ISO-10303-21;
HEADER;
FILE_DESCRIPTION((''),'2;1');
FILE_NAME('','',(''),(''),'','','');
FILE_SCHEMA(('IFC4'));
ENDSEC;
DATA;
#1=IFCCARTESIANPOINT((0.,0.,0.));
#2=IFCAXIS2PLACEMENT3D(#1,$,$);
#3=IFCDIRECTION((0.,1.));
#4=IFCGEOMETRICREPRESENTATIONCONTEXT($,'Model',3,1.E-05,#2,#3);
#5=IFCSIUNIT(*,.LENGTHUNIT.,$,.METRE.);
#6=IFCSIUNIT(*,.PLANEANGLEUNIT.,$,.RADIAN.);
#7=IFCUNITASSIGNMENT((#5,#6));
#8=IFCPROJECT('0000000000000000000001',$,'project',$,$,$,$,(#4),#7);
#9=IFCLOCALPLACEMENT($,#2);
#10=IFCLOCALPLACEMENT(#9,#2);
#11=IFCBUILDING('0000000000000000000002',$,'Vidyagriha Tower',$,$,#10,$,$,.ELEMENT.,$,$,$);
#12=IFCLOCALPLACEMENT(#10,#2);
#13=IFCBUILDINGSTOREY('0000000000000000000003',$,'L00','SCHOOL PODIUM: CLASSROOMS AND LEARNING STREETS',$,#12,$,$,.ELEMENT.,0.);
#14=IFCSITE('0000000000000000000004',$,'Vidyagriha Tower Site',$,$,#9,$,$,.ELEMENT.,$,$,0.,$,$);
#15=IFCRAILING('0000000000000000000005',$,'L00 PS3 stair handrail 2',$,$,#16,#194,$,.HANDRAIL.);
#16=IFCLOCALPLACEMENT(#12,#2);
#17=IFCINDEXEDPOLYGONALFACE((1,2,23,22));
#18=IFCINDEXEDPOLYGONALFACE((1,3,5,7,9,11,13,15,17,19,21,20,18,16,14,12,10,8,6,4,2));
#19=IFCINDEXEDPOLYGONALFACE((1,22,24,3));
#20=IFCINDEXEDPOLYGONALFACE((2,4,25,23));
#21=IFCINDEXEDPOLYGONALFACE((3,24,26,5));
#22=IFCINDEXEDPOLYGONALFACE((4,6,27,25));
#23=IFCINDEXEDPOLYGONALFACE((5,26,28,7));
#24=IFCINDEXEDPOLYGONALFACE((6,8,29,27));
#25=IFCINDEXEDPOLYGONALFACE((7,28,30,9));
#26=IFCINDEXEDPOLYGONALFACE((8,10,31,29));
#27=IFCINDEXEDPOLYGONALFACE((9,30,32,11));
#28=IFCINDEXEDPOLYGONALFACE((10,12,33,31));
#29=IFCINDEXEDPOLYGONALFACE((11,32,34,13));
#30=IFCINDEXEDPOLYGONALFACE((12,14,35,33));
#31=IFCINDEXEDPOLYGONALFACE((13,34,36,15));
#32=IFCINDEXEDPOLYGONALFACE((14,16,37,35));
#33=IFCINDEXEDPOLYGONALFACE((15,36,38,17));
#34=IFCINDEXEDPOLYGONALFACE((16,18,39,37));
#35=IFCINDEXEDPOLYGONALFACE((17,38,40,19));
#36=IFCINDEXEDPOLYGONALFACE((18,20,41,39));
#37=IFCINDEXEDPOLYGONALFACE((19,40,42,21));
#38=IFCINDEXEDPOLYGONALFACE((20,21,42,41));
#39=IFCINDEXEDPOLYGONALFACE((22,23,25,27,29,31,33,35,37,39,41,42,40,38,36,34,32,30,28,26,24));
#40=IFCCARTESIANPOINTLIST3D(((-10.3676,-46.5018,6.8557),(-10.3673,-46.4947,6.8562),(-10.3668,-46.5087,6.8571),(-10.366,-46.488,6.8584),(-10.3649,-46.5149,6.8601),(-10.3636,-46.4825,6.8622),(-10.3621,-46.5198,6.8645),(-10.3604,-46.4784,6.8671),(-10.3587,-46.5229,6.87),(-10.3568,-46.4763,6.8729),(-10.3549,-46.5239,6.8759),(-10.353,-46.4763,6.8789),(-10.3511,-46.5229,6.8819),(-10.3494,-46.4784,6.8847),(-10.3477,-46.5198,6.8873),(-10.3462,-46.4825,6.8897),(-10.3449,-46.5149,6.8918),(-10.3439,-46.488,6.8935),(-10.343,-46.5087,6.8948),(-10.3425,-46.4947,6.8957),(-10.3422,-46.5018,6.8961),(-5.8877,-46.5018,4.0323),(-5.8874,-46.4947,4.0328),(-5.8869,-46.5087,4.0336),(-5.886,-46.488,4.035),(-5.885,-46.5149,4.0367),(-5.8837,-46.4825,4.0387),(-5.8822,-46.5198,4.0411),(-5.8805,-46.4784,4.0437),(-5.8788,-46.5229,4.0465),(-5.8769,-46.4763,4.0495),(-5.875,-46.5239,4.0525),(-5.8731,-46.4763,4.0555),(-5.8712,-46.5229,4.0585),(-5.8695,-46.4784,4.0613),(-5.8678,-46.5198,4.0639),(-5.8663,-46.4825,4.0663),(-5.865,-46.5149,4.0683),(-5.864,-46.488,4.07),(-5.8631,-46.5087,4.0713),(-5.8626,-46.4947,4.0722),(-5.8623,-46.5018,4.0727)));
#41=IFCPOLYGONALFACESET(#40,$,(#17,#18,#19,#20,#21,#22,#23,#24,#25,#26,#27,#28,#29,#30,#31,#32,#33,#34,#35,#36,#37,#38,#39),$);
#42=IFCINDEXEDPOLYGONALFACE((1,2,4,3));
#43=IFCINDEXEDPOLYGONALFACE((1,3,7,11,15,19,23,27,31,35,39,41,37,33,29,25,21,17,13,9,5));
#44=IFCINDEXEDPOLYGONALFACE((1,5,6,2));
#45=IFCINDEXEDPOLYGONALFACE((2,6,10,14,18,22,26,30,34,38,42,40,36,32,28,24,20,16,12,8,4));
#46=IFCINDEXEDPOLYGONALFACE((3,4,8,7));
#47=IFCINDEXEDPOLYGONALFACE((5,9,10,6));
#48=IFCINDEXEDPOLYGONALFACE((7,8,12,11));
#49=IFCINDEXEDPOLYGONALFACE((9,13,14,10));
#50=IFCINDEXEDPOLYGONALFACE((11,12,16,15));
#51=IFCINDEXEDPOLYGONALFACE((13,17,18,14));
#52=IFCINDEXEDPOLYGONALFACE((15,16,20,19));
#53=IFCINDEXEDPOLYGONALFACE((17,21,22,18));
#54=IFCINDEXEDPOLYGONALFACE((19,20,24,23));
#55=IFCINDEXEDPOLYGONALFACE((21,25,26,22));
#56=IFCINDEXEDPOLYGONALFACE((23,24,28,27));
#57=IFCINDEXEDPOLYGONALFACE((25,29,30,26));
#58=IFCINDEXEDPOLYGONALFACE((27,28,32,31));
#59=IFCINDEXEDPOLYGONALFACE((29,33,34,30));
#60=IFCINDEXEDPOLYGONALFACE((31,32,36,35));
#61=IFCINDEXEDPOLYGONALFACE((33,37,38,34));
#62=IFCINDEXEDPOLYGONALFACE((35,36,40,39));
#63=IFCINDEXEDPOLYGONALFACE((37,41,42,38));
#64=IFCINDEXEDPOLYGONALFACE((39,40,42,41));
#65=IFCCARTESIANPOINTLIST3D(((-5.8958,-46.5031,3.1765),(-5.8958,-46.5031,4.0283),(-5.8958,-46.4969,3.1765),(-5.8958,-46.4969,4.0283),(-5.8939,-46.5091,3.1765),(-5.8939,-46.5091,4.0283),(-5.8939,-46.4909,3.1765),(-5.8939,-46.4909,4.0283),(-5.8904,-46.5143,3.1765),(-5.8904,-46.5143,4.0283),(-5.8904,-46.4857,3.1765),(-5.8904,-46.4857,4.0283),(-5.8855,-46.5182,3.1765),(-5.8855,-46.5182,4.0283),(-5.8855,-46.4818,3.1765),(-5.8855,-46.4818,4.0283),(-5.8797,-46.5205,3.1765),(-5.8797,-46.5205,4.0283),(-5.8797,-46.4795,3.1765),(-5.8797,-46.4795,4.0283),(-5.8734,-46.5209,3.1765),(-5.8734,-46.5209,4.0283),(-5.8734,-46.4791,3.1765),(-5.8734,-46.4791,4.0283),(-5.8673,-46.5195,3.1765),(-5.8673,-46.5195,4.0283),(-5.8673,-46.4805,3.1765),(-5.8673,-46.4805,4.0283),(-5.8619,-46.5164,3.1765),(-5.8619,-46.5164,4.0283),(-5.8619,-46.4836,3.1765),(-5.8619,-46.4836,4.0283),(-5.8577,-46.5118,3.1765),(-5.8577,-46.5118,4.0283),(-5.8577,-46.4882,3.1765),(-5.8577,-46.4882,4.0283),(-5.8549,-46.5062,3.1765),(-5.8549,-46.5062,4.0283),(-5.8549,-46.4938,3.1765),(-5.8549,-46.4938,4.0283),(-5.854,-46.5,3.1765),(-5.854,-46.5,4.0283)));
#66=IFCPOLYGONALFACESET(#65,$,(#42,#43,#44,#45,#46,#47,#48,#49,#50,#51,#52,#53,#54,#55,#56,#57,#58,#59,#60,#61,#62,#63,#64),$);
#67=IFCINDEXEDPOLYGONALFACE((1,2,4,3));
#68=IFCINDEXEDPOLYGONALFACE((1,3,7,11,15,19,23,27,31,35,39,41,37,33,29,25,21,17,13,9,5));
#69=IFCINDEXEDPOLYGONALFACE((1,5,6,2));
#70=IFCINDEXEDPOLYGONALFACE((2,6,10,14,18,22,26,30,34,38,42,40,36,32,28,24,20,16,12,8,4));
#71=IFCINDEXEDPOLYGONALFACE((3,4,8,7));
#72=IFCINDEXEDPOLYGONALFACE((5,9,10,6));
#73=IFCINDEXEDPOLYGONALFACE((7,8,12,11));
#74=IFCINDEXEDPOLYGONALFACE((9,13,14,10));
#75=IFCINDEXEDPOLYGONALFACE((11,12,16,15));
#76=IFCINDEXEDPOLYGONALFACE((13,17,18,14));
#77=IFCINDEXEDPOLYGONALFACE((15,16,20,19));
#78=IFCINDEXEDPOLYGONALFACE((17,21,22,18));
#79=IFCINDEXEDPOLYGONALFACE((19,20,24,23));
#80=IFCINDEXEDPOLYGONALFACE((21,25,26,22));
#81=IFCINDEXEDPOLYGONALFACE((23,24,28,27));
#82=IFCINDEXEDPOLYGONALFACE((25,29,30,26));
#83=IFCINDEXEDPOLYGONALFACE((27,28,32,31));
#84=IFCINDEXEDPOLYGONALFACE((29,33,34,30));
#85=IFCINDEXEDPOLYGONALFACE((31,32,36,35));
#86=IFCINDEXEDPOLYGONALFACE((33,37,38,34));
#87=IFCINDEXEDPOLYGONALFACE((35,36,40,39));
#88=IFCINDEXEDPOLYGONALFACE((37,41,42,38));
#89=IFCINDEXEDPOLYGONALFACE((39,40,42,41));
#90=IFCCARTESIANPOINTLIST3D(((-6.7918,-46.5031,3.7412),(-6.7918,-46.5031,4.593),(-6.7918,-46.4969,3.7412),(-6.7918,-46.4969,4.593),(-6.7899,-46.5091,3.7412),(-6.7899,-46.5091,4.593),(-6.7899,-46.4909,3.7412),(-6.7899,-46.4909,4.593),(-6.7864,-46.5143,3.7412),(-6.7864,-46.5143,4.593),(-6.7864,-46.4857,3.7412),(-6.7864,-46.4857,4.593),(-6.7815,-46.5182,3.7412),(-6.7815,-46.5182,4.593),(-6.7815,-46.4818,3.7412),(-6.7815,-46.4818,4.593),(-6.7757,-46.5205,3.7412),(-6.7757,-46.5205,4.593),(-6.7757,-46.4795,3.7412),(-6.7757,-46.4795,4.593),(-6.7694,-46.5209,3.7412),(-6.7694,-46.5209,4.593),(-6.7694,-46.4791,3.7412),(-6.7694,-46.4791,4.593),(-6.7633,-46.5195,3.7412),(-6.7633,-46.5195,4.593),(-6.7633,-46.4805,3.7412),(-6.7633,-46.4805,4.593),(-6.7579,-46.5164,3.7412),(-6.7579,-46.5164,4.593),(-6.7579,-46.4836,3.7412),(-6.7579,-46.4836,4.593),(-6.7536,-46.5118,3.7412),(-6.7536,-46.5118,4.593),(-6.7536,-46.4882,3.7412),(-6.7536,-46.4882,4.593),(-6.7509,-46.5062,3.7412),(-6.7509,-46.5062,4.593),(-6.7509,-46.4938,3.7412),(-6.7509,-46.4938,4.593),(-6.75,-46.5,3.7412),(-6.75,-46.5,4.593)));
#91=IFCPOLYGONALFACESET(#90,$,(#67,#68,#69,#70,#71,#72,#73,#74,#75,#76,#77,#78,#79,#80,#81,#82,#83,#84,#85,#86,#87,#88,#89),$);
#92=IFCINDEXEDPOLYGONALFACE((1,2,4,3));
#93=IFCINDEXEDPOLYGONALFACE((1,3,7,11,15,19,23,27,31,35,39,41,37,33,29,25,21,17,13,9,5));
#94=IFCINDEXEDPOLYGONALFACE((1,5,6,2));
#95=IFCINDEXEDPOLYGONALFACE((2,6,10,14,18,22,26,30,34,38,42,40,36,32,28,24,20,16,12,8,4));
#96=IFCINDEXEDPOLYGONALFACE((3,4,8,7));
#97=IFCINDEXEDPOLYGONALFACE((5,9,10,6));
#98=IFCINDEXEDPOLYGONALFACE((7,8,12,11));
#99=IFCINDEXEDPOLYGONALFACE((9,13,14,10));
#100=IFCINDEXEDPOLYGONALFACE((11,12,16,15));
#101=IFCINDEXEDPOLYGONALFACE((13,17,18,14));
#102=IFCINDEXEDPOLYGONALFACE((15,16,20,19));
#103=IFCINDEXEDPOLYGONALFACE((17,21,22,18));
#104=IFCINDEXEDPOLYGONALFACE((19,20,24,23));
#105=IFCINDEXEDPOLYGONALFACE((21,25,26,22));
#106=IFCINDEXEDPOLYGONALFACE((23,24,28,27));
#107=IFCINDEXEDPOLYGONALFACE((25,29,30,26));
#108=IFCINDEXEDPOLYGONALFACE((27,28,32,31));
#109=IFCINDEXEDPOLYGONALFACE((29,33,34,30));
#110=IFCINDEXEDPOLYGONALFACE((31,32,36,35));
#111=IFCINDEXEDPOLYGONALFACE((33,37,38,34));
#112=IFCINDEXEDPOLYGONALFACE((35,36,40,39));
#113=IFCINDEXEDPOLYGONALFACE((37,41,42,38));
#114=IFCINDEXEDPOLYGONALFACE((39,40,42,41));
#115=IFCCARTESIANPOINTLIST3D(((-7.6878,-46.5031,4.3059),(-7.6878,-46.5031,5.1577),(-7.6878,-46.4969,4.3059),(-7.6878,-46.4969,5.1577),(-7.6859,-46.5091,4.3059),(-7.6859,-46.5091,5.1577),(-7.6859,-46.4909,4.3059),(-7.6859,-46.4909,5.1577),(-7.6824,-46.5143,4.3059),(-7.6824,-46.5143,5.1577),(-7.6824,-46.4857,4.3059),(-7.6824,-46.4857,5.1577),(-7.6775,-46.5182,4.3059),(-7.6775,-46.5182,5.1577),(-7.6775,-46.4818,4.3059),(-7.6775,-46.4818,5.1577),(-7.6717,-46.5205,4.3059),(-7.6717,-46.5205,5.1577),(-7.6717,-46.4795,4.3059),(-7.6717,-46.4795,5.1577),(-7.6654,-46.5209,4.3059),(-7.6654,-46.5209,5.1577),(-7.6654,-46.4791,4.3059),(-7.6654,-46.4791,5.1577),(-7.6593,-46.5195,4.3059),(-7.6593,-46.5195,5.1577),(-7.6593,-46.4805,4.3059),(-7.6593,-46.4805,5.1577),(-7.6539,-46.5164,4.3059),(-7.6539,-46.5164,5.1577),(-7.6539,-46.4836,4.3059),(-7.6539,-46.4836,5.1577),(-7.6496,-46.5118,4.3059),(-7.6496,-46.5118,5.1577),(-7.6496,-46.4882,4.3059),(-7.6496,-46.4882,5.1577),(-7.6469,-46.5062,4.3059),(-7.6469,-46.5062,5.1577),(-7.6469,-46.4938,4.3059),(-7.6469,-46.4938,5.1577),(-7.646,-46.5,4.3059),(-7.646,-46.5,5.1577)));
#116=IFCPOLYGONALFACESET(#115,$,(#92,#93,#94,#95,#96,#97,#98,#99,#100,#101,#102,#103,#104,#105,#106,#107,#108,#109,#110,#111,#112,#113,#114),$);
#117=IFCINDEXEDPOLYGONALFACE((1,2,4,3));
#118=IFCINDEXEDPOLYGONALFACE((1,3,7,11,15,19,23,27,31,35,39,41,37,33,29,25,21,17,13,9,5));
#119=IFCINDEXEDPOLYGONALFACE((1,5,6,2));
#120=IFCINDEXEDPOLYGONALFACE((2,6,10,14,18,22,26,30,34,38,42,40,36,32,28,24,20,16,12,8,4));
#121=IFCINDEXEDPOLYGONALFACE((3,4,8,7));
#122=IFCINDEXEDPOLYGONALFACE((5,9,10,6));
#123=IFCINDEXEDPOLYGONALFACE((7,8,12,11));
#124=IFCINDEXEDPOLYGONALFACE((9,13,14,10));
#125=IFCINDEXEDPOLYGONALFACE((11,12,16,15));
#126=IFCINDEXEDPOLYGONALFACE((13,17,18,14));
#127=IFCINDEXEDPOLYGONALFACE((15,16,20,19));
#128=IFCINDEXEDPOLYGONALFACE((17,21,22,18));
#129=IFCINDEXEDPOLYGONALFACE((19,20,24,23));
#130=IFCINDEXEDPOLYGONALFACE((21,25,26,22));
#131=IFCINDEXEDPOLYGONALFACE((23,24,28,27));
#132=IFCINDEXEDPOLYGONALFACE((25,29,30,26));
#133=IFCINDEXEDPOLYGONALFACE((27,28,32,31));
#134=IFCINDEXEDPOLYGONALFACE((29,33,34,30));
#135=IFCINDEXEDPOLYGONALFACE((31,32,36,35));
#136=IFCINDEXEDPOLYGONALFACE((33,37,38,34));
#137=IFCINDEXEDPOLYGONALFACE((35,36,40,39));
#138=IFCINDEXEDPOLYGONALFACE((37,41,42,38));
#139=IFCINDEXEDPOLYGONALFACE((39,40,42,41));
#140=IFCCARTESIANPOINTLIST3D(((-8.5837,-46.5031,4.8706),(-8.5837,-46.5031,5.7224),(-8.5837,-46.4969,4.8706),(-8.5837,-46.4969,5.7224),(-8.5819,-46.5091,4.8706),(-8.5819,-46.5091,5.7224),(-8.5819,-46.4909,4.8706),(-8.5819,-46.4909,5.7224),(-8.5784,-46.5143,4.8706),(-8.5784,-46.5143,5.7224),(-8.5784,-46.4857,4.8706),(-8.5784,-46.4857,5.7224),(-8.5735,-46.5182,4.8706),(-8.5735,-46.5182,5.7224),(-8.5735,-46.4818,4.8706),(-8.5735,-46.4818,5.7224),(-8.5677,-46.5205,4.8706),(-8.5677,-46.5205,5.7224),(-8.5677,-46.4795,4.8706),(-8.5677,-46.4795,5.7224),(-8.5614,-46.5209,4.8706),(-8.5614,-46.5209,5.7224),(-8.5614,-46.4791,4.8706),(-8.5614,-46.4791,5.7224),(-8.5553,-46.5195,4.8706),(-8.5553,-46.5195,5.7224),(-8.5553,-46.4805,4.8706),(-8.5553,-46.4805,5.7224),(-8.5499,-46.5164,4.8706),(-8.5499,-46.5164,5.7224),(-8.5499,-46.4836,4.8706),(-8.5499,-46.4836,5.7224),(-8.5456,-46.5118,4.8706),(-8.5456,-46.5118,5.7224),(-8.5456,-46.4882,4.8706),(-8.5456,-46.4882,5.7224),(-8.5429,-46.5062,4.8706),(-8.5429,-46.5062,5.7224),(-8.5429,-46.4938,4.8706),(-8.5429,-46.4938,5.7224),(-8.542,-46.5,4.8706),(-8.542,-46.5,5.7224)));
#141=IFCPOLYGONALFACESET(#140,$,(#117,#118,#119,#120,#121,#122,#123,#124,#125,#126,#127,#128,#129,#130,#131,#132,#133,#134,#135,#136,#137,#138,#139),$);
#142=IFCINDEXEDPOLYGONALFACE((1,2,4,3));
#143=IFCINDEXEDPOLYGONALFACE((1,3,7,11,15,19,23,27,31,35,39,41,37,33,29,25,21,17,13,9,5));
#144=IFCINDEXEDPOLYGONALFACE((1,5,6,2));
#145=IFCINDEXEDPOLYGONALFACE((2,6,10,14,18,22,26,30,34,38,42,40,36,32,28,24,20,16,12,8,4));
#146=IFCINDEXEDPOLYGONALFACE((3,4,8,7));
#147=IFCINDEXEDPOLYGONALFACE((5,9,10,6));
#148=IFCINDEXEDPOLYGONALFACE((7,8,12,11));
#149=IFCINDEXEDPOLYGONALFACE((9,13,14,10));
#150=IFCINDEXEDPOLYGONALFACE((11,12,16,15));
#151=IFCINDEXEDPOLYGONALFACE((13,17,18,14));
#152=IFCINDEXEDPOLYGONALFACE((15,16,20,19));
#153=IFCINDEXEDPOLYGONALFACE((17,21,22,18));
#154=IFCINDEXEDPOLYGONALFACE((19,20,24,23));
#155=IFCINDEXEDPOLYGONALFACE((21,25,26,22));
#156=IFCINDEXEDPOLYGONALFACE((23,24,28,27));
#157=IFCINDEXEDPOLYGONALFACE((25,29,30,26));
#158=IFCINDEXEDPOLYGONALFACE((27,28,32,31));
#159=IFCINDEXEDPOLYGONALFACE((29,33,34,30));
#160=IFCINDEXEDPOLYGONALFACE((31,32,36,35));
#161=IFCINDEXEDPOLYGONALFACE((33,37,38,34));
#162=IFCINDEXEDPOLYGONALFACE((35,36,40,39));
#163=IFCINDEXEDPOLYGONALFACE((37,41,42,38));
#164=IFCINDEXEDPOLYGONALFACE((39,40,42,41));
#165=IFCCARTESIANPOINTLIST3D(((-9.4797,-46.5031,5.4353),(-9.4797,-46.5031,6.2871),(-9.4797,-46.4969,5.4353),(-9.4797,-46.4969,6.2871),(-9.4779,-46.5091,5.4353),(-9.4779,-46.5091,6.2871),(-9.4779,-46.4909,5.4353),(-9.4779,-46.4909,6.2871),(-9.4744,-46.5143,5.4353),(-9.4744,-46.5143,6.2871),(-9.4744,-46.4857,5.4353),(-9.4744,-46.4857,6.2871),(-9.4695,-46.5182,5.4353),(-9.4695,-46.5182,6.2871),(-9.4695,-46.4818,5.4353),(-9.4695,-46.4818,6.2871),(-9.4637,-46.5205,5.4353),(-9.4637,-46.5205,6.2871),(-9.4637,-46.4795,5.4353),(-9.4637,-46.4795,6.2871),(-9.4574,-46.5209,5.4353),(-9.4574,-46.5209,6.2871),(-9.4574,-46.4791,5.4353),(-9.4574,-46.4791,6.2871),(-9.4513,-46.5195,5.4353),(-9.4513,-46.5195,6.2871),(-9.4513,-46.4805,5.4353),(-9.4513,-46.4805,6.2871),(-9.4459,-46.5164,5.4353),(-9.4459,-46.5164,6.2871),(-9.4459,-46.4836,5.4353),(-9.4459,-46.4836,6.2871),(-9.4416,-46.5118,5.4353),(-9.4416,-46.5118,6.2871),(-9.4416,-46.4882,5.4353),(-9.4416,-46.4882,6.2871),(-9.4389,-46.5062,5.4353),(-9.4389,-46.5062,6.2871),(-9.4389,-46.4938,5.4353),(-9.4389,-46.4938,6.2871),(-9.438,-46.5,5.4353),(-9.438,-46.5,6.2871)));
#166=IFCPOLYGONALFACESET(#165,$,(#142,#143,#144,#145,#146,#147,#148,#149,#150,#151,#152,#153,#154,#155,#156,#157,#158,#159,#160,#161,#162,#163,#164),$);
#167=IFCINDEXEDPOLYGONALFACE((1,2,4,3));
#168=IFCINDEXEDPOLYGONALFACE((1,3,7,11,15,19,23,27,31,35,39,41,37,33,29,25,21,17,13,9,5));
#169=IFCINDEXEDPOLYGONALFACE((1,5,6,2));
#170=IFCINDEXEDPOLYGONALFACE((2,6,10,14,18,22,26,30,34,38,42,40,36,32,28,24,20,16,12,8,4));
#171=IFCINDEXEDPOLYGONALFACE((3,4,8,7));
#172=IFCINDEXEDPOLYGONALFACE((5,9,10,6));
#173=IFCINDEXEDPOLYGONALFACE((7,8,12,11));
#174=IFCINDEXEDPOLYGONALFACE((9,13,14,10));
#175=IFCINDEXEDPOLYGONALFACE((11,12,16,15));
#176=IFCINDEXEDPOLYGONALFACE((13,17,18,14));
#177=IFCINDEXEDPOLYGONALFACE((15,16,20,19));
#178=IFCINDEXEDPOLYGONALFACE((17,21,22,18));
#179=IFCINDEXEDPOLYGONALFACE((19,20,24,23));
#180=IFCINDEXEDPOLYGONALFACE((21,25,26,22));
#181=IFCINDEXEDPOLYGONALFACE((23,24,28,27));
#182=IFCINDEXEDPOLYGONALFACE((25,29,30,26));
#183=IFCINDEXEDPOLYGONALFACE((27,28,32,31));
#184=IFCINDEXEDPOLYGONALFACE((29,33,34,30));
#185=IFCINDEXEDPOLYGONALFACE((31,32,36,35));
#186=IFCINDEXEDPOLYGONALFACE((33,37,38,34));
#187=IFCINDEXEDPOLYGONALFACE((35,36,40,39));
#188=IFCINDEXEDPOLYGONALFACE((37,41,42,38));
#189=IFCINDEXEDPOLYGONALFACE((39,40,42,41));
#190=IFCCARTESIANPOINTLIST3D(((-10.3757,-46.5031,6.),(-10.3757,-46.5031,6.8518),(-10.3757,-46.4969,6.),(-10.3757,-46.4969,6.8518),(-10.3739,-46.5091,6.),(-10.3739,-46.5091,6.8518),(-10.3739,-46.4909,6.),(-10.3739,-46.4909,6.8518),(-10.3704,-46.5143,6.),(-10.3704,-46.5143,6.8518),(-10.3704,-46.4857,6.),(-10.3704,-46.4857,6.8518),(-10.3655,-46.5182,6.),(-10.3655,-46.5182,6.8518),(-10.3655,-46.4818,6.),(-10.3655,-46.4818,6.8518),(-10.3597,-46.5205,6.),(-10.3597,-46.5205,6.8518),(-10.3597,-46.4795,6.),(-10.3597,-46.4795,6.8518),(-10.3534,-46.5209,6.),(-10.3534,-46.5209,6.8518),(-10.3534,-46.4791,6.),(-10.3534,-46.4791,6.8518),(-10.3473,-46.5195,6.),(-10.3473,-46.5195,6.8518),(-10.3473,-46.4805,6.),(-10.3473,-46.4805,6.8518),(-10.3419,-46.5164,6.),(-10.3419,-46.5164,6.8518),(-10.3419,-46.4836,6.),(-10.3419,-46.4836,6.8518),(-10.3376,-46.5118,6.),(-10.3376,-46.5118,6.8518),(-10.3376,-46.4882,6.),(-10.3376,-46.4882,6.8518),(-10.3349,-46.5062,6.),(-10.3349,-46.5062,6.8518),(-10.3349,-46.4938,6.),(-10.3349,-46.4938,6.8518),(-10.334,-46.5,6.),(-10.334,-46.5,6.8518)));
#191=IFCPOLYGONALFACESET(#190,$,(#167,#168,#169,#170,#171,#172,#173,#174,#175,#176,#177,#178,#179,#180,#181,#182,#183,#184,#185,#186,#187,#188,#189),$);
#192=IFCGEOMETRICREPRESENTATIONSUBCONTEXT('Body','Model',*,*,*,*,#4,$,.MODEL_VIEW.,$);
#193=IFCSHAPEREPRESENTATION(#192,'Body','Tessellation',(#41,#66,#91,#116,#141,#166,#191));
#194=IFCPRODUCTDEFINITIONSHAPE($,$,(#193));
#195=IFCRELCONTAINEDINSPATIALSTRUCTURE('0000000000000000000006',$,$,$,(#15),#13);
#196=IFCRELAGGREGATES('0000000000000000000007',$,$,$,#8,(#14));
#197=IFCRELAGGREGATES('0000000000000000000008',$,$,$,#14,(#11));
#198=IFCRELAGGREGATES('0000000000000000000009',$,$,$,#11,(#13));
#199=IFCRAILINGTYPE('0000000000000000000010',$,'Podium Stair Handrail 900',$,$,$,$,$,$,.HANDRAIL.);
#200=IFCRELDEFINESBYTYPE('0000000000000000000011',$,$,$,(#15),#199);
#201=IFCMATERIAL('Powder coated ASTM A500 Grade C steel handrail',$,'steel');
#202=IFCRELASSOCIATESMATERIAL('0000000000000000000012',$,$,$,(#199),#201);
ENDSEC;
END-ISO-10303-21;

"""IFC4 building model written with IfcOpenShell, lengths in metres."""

from ifc_helpers import new_model, si_unit, direction, frame, origin, origin_2d, place, context, subcontext, project, spatial, circle, extrude, material, type_object, element, save


model = new_model("IFC4")

# Units and contexts
model_context = context("Model", 3, precision=1e-05, world=origin(), true_north=direction((0.0, 1.0)))
body_context = subcontext(model_context, "Body", "Model", "MODEL_VIEW")
ifc_project = project(units=[si_unit("LENGTHUNIT", "METRE"), si_unit("PLANEANGLEUNIT", "RADIAN")], contexts=[model_context])

# Site, building, storey
site_placement = place(None, origin())
site = spatial("IfcSite", under=ifc_project, at=site_placement, Name="Vidyagriha Tower Site", CompositionType="ELEMENT", RefElevation=0.0)
building_placement = place(site_placement, origin())
building = spatial("IfcBuilding", under=site, at=building_placement, Name="Vidyagriha Tower", CompositionType="ELEMENT")
storey_placement = place(building_placement, origin())
storey = spatial("IfcBuildingStorey", under=building, at=storey_placement, Name="L00", Description="SCHOOL PODIUM: CLASSROOMS AND LEARNING STREETS", CompositionType="ELEMENT", Elevation=0.0)

# Railing
ifc_material_1 = material(Name="Powder coated ASTM A500 Grade C steel handrail", Category="steel")
railing_type_1 = type_object("IfcRailingType", Name="Podium Stair Handrail 900", PredefinedType="HANDRAIL", material=ifc_material_1)
railing_1_placement = place(storey_placement, frame((-5.875, -46.5, 3.1765)))
element("IfcRailing", 1, at=railing_1_placement, inside=storey, type_object=railing_type_1, Name="L00 PS3 stair handrail 2", PredefinedType="HANDRAIL", context=body_context, shape_type="SweptSolid", body=[
    extrude(circle(Radius=0.0239, at=origin_2d()), frame((0.0, 0.0, 0.876), z_axis=(-0.845998, 0.0, 0.533186), x_axis=(0.0, -1.0, 0.0)), (0.0, 0.0, 1.0), 5.2954),
    extrude(circle(Radius=0.021, at=origin_2d()), origin(), (0.0, 0.0, 1.0), 0.8518),
    extrude(circle(Radius=0.021, at=origin_2d()), frame((-0.896, 0.0, 0.5647)), (0.0, 0.0, 1.0), 0.8518),
    extrude(circle(Radius=0.021, at=origin_2d()), frame((-1.792, 0.0, 1.1294)), (0.0, 0.0, 1.0), 0.8518),
    extrude(circle(Radius=0.021, at=origin_2d()), frame((-2.688, 0.0, 1.6941)), (0.0, 0.0, 1.0), 0.8518),
    extrude(circle(Radius=0.021, at=origin_2d()), frame((-3.584, 0.0, 2.2588)), (0.0, 0.0, 1.0), 0.8518),
    extrude(circle(Radius=0.021, at=origin_2d()), frame((-4.48, 0.0, 2.8235)), (0.0, 0.0, 1.0), 0.8518),
])

save(model, "model.ifc")
